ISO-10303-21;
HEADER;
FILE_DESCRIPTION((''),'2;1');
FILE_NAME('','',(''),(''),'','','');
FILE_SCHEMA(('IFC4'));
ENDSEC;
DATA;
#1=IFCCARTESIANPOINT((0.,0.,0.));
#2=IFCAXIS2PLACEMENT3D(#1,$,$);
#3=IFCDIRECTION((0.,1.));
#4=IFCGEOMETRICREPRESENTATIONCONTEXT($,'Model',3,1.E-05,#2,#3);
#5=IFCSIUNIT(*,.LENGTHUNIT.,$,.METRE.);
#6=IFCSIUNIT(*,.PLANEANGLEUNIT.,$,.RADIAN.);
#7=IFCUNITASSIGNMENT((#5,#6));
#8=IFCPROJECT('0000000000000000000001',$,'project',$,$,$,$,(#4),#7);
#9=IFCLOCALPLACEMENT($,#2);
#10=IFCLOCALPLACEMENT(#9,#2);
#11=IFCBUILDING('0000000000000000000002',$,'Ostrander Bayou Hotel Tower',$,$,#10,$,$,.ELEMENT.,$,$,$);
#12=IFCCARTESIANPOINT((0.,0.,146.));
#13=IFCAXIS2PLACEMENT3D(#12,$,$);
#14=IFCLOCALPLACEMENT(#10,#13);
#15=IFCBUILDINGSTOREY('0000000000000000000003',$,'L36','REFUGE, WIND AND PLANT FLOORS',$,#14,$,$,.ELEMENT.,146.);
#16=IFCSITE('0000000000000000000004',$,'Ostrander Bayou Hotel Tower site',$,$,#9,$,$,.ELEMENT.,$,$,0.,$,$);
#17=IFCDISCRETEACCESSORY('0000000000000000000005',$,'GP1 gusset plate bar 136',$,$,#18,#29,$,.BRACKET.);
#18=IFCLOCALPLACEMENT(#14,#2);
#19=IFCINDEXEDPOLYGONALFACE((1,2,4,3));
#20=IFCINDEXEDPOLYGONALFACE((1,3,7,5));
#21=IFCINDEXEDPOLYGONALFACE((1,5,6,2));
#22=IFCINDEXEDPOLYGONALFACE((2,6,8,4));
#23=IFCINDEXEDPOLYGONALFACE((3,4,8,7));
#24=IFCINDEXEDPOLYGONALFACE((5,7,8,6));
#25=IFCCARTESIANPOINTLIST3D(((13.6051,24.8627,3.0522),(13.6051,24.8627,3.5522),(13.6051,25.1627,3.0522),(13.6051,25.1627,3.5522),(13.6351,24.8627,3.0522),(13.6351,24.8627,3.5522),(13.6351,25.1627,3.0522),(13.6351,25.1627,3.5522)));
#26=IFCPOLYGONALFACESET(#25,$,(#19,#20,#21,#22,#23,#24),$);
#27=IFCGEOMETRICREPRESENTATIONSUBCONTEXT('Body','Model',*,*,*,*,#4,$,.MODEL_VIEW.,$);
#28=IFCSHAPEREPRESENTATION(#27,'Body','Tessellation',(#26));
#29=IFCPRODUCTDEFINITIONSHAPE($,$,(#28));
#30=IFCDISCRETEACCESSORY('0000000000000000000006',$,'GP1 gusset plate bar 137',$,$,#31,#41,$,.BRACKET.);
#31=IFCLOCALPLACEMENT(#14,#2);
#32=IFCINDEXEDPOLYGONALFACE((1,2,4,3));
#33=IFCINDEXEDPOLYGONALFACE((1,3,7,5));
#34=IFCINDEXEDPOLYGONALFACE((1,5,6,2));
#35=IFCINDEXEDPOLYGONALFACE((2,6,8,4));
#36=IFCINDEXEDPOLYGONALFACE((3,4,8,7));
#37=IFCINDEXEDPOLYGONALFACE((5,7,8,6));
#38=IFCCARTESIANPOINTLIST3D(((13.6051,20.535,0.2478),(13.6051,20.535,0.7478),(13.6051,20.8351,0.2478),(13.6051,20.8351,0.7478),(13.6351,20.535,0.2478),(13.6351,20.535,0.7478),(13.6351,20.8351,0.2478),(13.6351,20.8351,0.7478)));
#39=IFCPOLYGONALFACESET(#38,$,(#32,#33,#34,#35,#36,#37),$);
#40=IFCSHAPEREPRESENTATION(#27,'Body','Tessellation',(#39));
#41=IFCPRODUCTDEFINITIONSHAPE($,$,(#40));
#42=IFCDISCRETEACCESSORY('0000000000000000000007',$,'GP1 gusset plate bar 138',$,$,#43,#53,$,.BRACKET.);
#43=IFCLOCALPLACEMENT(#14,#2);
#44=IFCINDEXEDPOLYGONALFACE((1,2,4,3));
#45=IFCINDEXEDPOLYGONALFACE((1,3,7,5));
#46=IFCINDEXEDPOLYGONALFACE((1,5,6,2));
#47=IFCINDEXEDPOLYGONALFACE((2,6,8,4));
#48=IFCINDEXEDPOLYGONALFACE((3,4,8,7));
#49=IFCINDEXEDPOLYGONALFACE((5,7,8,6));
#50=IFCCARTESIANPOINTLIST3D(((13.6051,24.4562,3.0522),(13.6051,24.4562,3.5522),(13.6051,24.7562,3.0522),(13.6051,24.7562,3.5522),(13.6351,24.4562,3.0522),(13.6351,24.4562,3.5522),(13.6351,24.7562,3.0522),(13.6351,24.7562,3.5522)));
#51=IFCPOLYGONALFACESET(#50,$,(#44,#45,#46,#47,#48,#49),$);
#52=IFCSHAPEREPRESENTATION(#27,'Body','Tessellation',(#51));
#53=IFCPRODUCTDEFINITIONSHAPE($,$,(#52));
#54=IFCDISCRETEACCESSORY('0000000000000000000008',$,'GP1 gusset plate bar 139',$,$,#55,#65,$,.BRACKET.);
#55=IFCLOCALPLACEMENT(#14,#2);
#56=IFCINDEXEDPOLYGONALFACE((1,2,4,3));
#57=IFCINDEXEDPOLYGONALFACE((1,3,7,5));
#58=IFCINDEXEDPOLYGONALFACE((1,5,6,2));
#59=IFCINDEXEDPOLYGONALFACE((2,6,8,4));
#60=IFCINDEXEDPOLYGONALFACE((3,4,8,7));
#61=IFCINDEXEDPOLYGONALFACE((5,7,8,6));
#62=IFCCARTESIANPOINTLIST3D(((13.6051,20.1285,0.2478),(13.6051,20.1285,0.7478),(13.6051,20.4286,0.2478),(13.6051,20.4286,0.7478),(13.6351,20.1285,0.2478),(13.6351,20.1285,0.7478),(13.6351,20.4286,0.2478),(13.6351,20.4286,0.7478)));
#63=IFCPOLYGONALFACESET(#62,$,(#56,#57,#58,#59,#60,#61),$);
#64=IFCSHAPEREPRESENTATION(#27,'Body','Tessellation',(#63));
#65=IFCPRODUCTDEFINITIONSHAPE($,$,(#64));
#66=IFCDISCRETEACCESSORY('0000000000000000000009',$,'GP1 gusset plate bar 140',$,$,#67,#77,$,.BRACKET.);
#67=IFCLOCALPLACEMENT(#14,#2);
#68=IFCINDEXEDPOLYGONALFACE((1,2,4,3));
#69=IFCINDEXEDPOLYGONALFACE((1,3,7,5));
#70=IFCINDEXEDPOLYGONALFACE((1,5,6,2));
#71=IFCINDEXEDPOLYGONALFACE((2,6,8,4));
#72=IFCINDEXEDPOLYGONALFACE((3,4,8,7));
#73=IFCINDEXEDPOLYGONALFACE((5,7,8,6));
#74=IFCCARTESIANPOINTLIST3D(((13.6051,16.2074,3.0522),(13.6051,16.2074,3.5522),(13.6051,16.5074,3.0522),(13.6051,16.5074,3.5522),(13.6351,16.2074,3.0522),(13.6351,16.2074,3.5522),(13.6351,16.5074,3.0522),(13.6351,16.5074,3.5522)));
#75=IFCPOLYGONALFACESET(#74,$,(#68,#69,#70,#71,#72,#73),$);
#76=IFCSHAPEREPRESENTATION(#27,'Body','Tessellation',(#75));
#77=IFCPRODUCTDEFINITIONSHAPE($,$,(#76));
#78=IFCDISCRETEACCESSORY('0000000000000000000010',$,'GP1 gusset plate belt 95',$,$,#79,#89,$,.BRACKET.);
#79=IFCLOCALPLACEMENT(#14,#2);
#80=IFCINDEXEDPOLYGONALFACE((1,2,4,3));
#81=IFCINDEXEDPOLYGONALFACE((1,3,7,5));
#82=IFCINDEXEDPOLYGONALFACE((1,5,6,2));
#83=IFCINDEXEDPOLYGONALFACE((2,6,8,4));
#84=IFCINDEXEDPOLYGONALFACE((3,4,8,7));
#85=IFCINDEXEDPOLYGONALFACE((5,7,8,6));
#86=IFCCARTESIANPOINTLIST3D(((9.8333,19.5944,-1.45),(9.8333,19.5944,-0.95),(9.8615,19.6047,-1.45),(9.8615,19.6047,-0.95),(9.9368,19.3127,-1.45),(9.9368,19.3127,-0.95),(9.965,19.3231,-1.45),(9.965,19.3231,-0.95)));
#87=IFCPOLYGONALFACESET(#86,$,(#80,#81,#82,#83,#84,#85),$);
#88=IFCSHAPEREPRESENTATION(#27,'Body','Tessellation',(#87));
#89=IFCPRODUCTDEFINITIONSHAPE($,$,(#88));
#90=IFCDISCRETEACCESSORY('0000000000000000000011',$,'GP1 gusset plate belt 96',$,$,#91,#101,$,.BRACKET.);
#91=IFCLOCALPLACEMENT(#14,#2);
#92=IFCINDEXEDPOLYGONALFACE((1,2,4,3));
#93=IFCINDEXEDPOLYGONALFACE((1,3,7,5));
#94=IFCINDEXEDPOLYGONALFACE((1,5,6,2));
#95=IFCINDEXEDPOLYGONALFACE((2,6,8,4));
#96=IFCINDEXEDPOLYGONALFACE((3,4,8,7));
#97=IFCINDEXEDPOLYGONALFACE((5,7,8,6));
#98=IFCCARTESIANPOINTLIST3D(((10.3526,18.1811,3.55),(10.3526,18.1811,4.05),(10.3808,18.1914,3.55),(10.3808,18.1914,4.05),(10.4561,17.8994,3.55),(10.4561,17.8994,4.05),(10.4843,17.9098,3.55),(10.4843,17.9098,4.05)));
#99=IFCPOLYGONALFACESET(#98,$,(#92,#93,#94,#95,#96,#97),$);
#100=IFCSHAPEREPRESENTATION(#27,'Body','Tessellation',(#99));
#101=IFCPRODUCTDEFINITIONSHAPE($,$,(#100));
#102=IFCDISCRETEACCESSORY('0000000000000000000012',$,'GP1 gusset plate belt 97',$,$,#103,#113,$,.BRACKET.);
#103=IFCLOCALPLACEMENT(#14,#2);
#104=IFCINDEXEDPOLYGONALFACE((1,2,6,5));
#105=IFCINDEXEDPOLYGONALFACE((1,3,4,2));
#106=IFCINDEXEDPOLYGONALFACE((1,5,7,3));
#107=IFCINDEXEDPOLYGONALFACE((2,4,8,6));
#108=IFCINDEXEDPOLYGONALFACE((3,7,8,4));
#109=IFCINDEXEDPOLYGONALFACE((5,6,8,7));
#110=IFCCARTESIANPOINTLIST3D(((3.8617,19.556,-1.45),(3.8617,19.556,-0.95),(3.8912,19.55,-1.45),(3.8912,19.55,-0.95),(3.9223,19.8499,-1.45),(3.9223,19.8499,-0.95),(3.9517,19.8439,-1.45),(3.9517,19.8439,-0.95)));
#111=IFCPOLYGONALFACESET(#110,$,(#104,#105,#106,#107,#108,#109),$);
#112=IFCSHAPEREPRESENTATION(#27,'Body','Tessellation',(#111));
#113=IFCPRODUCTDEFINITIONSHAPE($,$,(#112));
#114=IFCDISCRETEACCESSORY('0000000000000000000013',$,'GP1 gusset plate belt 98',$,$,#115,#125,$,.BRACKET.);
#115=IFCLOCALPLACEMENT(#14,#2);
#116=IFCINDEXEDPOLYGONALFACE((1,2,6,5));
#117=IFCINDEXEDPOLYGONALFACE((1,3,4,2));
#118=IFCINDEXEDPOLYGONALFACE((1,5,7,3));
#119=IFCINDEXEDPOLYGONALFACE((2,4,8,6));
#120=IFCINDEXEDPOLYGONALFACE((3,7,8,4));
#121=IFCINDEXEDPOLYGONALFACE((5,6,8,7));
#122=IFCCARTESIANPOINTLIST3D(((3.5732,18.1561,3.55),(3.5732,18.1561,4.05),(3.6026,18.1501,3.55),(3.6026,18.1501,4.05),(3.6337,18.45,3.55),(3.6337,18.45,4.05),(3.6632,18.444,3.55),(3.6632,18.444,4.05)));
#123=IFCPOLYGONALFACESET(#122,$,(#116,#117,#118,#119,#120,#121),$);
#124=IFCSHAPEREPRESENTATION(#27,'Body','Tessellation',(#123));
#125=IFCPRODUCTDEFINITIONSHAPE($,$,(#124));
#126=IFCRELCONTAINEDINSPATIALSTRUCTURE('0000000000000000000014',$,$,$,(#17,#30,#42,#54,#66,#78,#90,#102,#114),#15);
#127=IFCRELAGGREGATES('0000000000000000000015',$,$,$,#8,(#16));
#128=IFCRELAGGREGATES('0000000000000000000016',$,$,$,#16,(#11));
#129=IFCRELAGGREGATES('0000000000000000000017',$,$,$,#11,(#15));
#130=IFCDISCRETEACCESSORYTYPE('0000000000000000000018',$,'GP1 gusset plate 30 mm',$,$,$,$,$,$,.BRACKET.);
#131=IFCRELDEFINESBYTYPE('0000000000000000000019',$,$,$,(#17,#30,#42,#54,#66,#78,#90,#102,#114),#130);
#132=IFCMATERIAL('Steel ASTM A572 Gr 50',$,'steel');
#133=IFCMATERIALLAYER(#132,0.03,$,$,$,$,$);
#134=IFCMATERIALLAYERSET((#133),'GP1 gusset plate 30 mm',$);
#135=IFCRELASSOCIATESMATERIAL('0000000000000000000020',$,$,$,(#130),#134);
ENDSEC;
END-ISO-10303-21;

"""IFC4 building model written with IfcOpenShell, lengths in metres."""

from ifc_helpers import new_model, si_unit, direction, frame, origin, origin_2d, place, context, subcontext, project, spatial, rectangle, extrude, material, layer, layer_set, type_object, element, save


model = new_model("IFC4")

# Units and contexts
model_context = context("Model", 3, precision=1e-05, world=origin(), true_north=direction((0.0, 1.0)))
body_context = subcontext(model_context, "Body", "Model", "MODEL_VIEW")
ifc_project = project(units=[si_unit("LENGTHUNIT", "METRE"), si_unit("PLANEANGLEUNIT", "RADIAN")], contexts=[model_context])

# Site, building, storey
site_placement = place(None, origin())
site = spatial("IfcSite", under=ifc_project, at=site_placement, Name="Ostrander Bayou Hotel Tower site", CompositionType="ELEMENT", RefElevation=0.0)
building_placement = place(site_placement, origin())
building = spatial("IfcBuilding", under=site, at=building_placement, Name="Ostrander Bayou Hotel Tower", CompositionType="ELEMENT")
storey_placement = place(building_placement, frame((0.0, 0.0, 146.0)))
storey = spatial("IfcBuildingStorey", under=building, at=storey_placement, Name="L36", Description="REFUGE, WIND AND PLANT FLOORS", CompositionType="ELEMENT", Elevation=146.0)

# Discrete accessories
ifc_material_1 = material(Name="Steel ASTM A572 Gr 50", Category="steel")
ifc_layer = layer(ifc_material_1, 0.03)
ifc_layer_set = layer_set([ifc_layer], Name="GP1 gusset plate 30 mm")
discrete_accessory_type = type_object("IfcDiscreteAccessoryType", Name="GP1 gusset plate 30 mm", PredefinedType="BRACKET", material=ifc_layer_set)
for number, where, z_axis, x_axis, name in (
    (1, (13.6201, 25.0127, 3.0522), (0.0, 0.0, 1.0), (0.0, -1.0, 0.0), "GP1 gusset plate bar 136"),
    (2, (13.6201, 20.6851, 0.2478), (0.0, 0.0, 1.0), (0.0, 1.0, 0.0), "GP1 gusset plate bar 137"),
    (3, (13.6201, 24.6062, 3.0522), (0.0, 0.0, 1.0), (0.0, 1.0, 0.0), "GP1 gusset plate bar 138"),
    (4, (13.6201, 20.2786, 0.2478), (0.0, 0.0, 1.0), (0.0, -1.0, 0.0), "GP1 gusset plate bar 139"),
    (5, (13.6201, 16.3574, 3.0522), (0.0, 0.0, 1.0), (0.0, -1.0, 0.0), "GP1 gusset plate bar 140"),
    (6, (9.8992, 19.4587, -1.45), (0.0, 0.0, 1.0), (0.344872, -0.93865, 0.0), "GP1 gusset plate belt 95"),
    (7, (10.4185, 18.0454, 3.55), (0.0, 0.0, 1.0), (0.344872, -0.93865, 0.0), "GP1 gusset plate belt 96"),
    (8, (3.9067, 19.7, -1.45), (0.0, 0.0, 1.0), (-0.201898, -0.979406, 0.0), "GP1 gusset plate belt 97"),
    (9, (3.6182, 18.3, 3.55), (0.0, 0.0, 1.0), (-0.201898, -0.979406, 0.0), "GP1 gusset plate belt 98"),
):
    element("IfcDiscreteAccessory", number, at=place(storey_placement, frame(where, z_axis=z_axis, x_axis=x_axis)), inside=storey, type_object=discrete_accessory_type, Name=name, PredefinedType="BRACKET", context=body_context, shape_type="SweptSolid", body=[
        extrude(rectangle(XDim=0.3, YDim=0.03, at=origin_2d()), origin(), (0.0, 0.0, 1.0), 0.5),
    ])

save(model, "model.ifc")
